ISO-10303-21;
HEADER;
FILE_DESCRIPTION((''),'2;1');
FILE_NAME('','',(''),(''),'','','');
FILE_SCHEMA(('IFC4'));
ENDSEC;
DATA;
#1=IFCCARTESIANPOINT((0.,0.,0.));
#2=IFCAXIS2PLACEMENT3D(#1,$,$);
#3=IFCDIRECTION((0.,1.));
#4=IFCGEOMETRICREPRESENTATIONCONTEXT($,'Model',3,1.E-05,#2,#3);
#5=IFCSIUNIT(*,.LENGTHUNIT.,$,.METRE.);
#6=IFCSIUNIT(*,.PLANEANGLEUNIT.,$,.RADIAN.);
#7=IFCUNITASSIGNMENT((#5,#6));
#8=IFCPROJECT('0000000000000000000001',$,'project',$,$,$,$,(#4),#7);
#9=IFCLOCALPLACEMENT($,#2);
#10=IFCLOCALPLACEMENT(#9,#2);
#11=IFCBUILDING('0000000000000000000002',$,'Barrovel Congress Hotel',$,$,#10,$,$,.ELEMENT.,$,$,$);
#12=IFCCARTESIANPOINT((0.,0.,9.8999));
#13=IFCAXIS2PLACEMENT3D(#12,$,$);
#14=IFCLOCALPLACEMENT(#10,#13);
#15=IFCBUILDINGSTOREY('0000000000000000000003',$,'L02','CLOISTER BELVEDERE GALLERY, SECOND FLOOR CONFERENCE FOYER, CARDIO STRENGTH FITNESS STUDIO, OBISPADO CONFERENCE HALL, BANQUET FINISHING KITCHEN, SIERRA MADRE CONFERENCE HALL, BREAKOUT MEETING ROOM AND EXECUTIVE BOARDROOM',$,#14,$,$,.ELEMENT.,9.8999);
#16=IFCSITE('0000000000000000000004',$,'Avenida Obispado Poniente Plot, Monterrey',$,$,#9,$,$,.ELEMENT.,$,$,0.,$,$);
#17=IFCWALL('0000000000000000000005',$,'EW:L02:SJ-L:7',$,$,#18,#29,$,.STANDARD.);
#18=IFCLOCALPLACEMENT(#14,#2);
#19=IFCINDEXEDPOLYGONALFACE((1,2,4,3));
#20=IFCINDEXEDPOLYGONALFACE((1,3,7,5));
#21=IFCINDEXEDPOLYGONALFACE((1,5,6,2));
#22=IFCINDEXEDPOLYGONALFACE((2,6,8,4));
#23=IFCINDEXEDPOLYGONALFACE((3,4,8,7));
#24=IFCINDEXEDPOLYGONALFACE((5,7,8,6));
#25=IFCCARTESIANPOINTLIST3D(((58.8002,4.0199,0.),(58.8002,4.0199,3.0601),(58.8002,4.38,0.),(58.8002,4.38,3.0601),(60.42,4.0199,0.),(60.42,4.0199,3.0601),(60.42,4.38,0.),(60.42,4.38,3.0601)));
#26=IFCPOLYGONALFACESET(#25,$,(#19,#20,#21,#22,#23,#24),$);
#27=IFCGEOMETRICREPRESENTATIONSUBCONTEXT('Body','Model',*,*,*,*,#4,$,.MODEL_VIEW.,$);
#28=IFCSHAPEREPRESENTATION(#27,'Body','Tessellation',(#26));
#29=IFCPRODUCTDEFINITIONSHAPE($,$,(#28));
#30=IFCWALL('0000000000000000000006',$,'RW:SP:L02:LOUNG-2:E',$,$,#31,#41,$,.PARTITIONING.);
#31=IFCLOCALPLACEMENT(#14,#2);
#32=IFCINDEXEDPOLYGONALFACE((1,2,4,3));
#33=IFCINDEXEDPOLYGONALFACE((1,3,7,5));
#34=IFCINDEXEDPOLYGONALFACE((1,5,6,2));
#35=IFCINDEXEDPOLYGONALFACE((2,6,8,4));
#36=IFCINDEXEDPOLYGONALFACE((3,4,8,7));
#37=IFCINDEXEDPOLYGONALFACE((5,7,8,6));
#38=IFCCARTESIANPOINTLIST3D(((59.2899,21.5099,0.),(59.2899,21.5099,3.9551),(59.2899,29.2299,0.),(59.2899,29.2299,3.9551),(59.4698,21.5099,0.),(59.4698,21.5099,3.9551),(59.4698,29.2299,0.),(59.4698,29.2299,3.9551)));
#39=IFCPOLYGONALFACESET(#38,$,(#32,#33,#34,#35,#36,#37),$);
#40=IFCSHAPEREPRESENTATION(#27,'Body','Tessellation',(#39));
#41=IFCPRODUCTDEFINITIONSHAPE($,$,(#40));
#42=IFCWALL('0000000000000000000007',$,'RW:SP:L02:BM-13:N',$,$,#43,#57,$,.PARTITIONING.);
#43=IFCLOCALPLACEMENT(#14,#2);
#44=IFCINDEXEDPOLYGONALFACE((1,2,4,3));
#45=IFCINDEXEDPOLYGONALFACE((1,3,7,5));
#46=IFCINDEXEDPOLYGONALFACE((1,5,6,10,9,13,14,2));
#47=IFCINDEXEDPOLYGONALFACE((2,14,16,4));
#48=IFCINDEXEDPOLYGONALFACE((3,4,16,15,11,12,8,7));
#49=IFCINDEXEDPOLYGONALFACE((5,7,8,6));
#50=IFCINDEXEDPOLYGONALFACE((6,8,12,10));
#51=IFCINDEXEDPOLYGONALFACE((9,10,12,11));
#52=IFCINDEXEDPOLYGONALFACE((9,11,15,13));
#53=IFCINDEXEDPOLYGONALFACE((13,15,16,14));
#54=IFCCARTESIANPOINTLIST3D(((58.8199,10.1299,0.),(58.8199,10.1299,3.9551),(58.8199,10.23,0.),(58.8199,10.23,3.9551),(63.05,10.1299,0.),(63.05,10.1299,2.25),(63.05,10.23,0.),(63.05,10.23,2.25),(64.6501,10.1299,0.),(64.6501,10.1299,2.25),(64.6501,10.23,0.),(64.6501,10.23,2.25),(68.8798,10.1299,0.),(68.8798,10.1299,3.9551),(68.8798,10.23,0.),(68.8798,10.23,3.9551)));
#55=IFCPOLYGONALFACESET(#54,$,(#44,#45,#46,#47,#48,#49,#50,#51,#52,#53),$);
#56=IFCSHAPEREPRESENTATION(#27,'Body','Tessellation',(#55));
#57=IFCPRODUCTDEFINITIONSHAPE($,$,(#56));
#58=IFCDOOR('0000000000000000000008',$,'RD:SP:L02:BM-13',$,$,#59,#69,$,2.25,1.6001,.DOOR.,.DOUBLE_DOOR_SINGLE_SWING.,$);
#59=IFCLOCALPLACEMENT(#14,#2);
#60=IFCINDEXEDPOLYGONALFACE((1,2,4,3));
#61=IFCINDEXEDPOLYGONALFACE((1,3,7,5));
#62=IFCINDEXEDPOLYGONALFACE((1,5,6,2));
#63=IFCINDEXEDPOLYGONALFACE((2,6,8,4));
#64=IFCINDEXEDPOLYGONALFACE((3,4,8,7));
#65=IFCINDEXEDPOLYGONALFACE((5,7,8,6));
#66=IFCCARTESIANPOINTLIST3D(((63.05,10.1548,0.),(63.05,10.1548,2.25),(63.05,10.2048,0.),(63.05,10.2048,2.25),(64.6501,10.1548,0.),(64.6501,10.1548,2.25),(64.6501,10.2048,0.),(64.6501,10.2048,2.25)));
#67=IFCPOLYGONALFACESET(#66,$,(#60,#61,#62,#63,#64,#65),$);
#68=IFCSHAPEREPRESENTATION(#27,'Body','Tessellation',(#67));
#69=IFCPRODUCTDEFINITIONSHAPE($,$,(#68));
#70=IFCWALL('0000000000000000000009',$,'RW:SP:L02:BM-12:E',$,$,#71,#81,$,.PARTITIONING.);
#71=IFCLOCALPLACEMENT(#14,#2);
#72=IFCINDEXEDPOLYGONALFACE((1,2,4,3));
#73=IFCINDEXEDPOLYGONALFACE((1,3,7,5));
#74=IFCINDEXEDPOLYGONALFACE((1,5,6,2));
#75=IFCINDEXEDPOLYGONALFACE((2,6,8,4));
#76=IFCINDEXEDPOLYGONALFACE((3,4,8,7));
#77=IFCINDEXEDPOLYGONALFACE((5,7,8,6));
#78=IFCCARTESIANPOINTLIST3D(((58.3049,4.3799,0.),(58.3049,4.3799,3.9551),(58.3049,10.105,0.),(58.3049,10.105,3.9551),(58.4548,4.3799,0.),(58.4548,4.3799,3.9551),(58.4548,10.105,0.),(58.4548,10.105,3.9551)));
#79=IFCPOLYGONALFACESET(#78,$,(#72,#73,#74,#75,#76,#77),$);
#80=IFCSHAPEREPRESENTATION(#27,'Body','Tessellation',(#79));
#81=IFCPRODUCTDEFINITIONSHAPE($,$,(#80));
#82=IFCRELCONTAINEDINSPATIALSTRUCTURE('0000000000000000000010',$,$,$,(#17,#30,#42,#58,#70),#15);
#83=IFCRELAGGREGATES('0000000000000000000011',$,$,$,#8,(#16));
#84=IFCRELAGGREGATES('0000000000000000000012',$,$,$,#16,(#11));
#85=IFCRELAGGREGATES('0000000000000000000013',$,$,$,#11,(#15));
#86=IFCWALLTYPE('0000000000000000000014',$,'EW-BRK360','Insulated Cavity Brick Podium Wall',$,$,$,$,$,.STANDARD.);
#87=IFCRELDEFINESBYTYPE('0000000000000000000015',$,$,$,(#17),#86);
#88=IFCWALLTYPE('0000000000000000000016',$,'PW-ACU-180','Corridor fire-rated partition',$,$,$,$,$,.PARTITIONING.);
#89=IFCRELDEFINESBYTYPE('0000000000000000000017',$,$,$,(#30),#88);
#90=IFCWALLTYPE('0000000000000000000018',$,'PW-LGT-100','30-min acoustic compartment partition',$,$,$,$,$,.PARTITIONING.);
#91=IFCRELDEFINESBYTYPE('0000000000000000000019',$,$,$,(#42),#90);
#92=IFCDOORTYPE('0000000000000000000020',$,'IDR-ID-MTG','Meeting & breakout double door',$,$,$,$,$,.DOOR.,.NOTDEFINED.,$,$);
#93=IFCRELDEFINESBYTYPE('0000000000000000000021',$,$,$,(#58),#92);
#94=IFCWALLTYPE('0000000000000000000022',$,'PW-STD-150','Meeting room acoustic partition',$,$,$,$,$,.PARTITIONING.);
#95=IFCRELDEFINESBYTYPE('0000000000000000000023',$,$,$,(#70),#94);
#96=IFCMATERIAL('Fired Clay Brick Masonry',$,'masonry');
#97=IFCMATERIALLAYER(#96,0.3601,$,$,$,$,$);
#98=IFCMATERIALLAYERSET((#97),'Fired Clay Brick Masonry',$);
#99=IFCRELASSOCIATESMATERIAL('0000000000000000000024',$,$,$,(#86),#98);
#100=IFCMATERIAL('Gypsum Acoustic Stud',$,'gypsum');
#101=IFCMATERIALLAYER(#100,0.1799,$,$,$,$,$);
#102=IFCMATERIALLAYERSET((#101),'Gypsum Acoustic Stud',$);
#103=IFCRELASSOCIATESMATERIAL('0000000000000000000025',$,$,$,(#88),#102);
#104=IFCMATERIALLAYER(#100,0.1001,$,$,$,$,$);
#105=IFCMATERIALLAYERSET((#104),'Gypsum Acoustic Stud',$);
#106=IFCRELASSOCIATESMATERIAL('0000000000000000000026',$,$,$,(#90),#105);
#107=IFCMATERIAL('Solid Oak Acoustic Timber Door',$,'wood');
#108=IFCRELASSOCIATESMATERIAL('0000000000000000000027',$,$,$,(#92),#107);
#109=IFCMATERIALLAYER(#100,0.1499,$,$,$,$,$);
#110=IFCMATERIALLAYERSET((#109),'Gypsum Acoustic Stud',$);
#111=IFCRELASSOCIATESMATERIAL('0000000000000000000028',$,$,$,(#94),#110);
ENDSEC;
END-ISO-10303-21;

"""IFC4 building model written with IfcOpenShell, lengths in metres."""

from ifc_helpers import new_model, si_unit, direction, frame, frame_2d, origin, place, context, subcontext, project, spatial, rectangle, extrude, material, layer, layer_set, type_object, element, fill, save


model = new_model("IFC4")

# Units and contexts
model_context = context("Model", 3, precision=1e-05, world=origin(), true_north=direction((0.0, 1.0)))
body_context = subcontext(model_context, "Body", "Model", "MODEL_VIEW")
ifc_project = project(units=[si_unit("LENGTHUNIT", "METRE"), si_unit("PLANEANGLEUNIT", "RADIAN")], contexts=[model_context])

# Site, building, storey
site_placement = place(None, origin())
site = spatial("IfcSite", under=ifc_project, at=site_placement, Name="Avenida Obispado Poniente Plot, Monterrey", CompositionType="ELEMENT", RefElevation=0.0)
building_placement = place(site_placement, origin())
building = spatial("IfcBuilding", under=site, at=building_placement, Name="Barrovel Congress Hotel", CompositionType="ELEMENT")
storey_placement = place(building_placement, frame((0.0, 0.0, 9.8999)))
storey = spatial("IfcBuildingStorey", under=building, at=storey_placement, Name="L02", Description="CLOISTER BELVEDERE GALLERY, SECOND FLOOR CONFERENCE FOYER, CARDIO STRENGTH FITNESS STUDIO, OBISPADO CONFERENCE HALL, BANQUET FINISHING KITCHEN, SIERRA MADRE CONFERENCE HALL, BREAKOUT MEETING ROOM AND EXECUTIVE BOARDROOM", CompositionType="ELEMENT", Elevation=9.8999)

# Walls
ifc_material_1 = material(Name="Fired Clay Brick Masonry", Category="masonry")
ifc_layer_1 = layer(ifc_material_1, 0.3601)
ifc_layer_set_1 = layer_set([ifc_layer_1], Name="Fired Clay Brick Masonry")
wall_type_1 = type_object("IfcWallType", Name="EW-BRK360", Description="Insulated Cavity Brick Podium Wall", PredefinedType="STANDARD", material=ifc_layer_set_1)
wall_1_placement = place(storey_placement, frame((58.8, 4.2, 0.0), z_axis=(0.0, 0.0, 1.0), x_axis=(1.0, 0.0, 0.0)))
element("IfcWall", 1, at=wall_1_placement, inside=storey, type_object=wall_type_1, Name="EW:L02:SJ-L:7", PredefinedType="STANDARD", context=body_context, shape_type="SweptSolid", body=[
    extrude(rectangle(XDim=1.6199, YDim=0.3601, at=frame_2d((0.8101, 0.0))), origin(), (0.0, 0.0, 1.0), 3.0601),
])
ifc_material_2 = material(Name="Gypsum Acoustic Stud", Category="gypsum")
ifc_layer_2 = layer(ifc_material_2, 0.1799)
ifc_layer_set_2 = layer_set([ifc_layer_2], Name="Gypsum Acoustic Stud")
wall_type_2 = type_object("IfcWallType", Name="PW-ACU-180", Description="Corridor fire-rated partition", PredefinedType="PARTITIONING", material=ifc_layer_set_2)
wall_2_placement = place(storey_placement, frame((59.3799, 21.51, 0.0), z_axis=(0.0, 0.0, 1.0), x_axis=(0.0, 1.0, 0.0)))
element("IfcWall", 2, at=wall_2_placement, inside=storey, type_object=wall_type_2, Name="RW:SP:L02:LOUNG-2:E", PredefinedType="PARTITIONING", context=body_context, shape_type="SweptSolid", body=[
    extrude(rectangle(XDim=7.72, YDim=0.1799, at=frame_2d((3.8599, 0.0))), origin(), (0.0, 0.0, 1.0), 3.9551),
])

# Wall, opening, door
ifc_layer_3 = layer(ifc_material_2, 0.1001)
ifc_layer_set_3 = layer_set([ifc_layer_3], Name="Gypsum Acoustic Stud")
wall_type_3 = type_object("IfcWallType", Name="PW-LGT-100", Description="30-min acoustic compartment partition", PredefinedType="PARTITIONING", material=ifc_layer_set_3)
wall_3_placement = place(storey_placement, frame((58.8201, 10.1799, 0.0), z_axis=(0.0, 0.0, 1.0), x_axis=(1.0, 0.0, 0.0)))
wall_3 = element("IfcWall", 3, at=wall_3_placement, inside=storey, type_object=wall_type_3, Name="RW:SP:L02:BM-13:N", PredefinedType="PARTITIONING", context=body_context, shape_type="SweptSolid", body=[
    extrude(rectangle(XDim=10.0598, YDim=0.1001, at=frame_2d((5.0298, 0.0))), origin(), (0.0, 0.0, 1.0), 3.9551),
])
opening_placement = place(wall_3_placement, frame((4.23, 0.0, 0.0)))
opening = element("IfcOpeningElement", 4, at=opening_placement, cuts=wall_3, PredefinedType="OPENING", context=body_context, shape_type="SweptSolid", body=[
    extrude(rectangle(XDim=1.6001, YDim=2.25, at=frame_2d((0.8, 1.125))), frame((0.0, 0.0601, 0.0), z_axis=(0.0, -1.0, 0.0), x_axis=(1.0, 0.0, 0.0)), (0.0, 0.0, 1.0), 0.1201),
])
ifc_material_3 = material(Name="Solid Oak Acoustic Timber Door", Category="wood")
door_type = type_object("IfcDoorType", Name="IDR-ID-MTG", Description="Meeting & breakout double door", OperationType="NOTDEFINED", PredefinedType="DOOR", material=ifc_material_3)
door_placement = place(opening_placement, origin())
door = element("IfcDoor", 5, at=door_placement, inside=storey, type_object=door_type, Name="RD:SP:L02:BM-13", OperationType="DOUBLE_DOOR_SINGLE_SWING", OverallHeight=2.25, OverallWidth=1.6001, PredefinedType="DOOR", context=body_context, shape_type="SweptSolid", body=[
    extrude(rectangle(XDim=1.6001, YDim=2.25, at=frame_2d((0.8, 1.125))), frame((0.0, 0.0249, 0.0), z_axis=(0.0, -1.0, 0.0), x_axis=(1.0, 0.0, 0.0)), (0.0, 0.0, 1.0), 0.05),
])
fill(opening, door)

# Wall
ifc_layer_4 = layer(ifc_material_2, 0.1499)
ifc_layer_set_4 = layer_set([ifc_layer_4], Name="Gypsum Acoustic Stud")
wall_type_4 = type_object("IfcWallType", Name="PW-STD-150", Description="Meeting room acoustic partition", PredefinedType="PARTITIONING", material=ifc_layer_set_4)
wall_4_placement = place(storey_placement, frame((58.3799, 4.3799, 0.0), z_axis=(0.0, 0.0, 1.0), x_axis=(0.0, 1.0, 0.0)))
element("IfcWall", 6, at=wall_4_placement, inside=storey, type_object=wall_type_4, Name="RW:SP:L02:BM-12:E", PredefinedType="PARTITIONING", context=body_context, shape_type="SweptSolid", body=[
    extrude(rectangle(XDim=5.7251, YDim=0.1499, at=frame_2d((2.8625, 0.0))), origin(), (0.0, 0.0, 1.0), 3.9551),
])

save(model, "model.ifc")
